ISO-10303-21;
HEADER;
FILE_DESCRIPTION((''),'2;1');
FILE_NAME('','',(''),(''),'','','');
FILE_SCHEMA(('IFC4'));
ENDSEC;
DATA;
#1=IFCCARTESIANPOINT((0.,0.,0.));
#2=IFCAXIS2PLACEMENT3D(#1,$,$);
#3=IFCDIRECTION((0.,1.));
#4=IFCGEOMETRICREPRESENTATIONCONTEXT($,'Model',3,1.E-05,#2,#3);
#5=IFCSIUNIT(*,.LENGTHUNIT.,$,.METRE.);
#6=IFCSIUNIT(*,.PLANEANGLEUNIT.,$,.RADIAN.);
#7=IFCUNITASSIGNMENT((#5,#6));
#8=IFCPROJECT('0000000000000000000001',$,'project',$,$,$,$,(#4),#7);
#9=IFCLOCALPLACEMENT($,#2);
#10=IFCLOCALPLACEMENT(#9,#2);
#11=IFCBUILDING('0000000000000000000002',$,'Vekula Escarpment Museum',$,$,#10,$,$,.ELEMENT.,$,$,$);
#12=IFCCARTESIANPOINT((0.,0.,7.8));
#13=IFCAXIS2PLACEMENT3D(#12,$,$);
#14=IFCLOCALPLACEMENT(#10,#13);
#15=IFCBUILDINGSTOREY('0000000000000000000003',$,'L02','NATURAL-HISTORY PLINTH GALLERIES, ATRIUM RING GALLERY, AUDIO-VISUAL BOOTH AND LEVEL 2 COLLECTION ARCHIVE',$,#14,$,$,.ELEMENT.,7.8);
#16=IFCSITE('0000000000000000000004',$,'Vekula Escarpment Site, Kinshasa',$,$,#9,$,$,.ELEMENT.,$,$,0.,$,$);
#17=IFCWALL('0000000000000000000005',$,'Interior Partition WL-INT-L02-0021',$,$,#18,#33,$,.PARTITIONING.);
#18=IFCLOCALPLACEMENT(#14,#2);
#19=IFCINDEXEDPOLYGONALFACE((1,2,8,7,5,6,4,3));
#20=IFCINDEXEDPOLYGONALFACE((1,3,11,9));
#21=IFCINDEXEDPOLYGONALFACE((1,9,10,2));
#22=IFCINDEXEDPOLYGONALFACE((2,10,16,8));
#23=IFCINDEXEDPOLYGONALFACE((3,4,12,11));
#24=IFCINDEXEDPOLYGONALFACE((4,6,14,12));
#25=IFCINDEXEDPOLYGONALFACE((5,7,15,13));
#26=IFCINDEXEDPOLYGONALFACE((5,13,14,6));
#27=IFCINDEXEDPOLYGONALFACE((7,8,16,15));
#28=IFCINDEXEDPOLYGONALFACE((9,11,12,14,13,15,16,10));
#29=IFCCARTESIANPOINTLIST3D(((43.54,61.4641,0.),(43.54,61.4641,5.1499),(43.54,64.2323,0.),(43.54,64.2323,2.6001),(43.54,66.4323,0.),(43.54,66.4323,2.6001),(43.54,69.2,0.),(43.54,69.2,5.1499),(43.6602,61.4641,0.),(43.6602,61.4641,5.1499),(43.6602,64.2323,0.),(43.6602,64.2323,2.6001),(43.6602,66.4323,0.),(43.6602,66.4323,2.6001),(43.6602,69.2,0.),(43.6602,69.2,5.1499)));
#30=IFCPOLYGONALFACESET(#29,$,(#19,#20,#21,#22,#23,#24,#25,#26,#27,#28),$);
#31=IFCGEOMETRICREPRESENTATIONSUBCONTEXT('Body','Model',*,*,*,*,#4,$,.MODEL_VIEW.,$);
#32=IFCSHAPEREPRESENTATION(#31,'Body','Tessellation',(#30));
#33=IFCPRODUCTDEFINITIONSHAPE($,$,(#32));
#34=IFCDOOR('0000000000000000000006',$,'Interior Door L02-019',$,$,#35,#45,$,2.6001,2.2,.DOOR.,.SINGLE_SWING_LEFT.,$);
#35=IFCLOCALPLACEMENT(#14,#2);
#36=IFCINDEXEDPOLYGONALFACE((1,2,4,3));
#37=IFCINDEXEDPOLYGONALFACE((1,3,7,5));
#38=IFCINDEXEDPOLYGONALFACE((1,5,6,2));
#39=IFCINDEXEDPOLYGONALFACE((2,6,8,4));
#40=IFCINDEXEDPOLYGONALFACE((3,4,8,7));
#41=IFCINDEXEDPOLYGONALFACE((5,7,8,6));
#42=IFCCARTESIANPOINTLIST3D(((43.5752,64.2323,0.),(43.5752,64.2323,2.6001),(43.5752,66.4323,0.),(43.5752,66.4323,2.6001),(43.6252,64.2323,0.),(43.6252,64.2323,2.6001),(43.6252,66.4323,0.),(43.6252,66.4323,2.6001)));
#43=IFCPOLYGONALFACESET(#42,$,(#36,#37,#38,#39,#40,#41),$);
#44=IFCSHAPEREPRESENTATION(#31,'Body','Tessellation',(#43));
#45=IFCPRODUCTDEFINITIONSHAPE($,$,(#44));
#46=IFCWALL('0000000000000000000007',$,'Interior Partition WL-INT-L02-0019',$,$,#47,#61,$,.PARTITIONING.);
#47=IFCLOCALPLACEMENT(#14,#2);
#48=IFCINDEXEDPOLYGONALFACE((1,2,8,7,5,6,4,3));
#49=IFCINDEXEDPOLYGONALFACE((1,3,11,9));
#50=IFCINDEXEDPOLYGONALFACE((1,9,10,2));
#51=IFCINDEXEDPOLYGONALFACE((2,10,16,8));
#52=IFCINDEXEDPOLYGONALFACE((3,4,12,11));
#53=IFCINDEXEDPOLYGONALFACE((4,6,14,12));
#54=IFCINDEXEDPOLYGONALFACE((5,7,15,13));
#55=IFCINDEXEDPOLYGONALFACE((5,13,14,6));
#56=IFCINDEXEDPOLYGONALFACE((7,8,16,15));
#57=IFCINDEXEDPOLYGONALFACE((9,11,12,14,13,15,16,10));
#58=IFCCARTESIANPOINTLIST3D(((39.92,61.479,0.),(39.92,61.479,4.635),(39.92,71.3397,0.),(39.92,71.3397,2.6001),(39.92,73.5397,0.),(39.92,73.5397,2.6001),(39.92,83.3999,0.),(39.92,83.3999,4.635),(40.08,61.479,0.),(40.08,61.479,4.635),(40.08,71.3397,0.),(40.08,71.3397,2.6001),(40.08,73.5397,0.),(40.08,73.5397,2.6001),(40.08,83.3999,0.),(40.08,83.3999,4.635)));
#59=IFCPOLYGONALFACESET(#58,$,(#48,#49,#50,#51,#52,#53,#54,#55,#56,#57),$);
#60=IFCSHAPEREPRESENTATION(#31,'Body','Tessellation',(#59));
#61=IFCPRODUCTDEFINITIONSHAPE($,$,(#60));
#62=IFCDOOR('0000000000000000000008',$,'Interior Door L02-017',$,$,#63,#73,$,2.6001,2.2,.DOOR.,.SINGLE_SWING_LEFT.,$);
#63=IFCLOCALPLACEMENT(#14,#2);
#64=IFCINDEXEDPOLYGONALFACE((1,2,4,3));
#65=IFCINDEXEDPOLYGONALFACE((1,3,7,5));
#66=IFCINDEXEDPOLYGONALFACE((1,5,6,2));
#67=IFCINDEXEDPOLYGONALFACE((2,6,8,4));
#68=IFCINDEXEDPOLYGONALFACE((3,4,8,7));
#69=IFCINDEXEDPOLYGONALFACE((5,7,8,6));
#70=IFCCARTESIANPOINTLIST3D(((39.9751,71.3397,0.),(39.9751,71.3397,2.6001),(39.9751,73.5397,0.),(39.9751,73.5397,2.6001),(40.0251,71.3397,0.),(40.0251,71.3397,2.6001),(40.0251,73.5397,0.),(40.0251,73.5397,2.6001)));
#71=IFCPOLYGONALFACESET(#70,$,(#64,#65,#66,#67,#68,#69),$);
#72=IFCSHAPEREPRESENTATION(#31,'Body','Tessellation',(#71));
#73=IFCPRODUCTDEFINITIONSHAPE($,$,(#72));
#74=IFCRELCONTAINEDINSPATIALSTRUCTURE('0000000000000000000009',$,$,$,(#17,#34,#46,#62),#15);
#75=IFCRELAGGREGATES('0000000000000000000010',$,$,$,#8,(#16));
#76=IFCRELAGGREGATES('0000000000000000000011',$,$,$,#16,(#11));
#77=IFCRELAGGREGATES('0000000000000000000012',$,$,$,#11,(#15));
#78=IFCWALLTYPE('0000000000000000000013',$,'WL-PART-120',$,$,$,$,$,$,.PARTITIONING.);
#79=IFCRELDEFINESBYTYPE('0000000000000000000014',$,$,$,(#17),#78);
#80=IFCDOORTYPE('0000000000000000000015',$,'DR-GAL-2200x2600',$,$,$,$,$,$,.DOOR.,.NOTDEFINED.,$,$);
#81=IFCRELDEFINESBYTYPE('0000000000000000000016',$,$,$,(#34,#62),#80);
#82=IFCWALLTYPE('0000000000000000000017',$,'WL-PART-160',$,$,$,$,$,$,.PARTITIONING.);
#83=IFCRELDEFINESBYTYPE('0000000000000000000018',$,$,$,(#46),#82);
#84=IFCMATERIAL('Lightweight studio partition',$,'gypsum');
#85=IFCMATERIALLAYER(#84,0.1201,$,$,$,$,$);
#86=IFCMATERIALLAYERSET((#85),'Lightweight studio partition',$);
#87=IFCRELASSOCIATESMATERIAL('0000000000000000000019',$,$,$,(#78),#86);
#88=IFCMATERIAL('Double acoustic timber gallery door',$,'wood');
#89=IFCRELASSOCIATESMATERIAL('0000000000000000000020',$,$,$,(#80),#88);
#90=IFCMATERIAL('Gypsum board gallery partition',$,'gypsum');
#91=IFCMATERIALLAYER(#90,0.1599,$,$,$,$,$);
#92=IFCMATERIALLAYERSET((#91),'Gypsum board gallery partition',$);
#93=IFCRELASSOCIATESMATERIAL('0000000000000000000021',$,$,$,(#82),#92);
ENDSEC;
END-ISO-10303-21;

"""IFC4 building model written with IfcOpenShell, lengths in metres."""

from ifc_helpers import new_model, si_unit, direction, frame, frame_2d, origin, place, context, subcontext, project, spatial, rectangle, extrude, material, layer, layer_set, type_object, element, fill, save


model = new_model("IFC4")

# Units and contexts
model_context = context("Model", 3, precision=1e-05, world=origin(), true_north=direction((0.0, 1.0)))
body_context = subcontext(model_context, "Body", "Model", "MODEL_VIEW")
ifc_project = project(units=[si_unit("LENGTHUNIT", "METRE"), si_unit("PLANEANGLEUNIT", "RADIAN")], contexts=[model_context])

# Site, building, storey
site_placement = place(None, origin())
site = spatial("IfcSite", under=ifc_project, at=site_placement, Name="Vekula Escarpment Site, Kinshasa", CompositionType="ELEMENT", RefElevation=0.0)
building_placement = place(site_placement, origin())
building = spatial("IfcBuilding", under=site, at=building_placement, Name="Vekula Escarpment Museum", CompositionType="ELEMENT")
storey_placement = place(building_placement, frame((0.0, 0.0, 7.8)))
storey = spatial("IfcBuildingStorey", under=building, at=storey_placement, Name="L02", Description="NATURAL-HISTORY PLINTH GALLERIES, ATRIUM RING GALLERY, AUDIO-VISUAL BOOTH AND LEVEL 2 COLLECTION ARCHIVE", CompositionType="ELEMENT", Elevation=7.8)

# Walls, openings, doors
ifc_material_1 = material(Name="Lightweight studio partition", Category="gypsum")
ifc_layer_1 = layer(ifc_material_1, 0.1201)
ifc_layer_set_1 = layer_set([ifc_layer_1], Name="Lightweight studio partition")
wall_type_1 = type_object("IfcWallType", Name="WL-PART-120", PredefinedType="PARTITIONING", material=ifc_layer_set_1)
ifc_material_2 = material(Name="Double acoustic timber gallery door", Category="wood")
door_type_1 = type_object("IfcDoorType", Name="DR-GAL-2200x2600", OperationType="NOTDEFINED", PredefinedType="DOOR", material=ifc_material_2)
wall_1_placement = place(storey_placement, frame((43.6001, 61.4641, 0.0), z_axis=(0.0, 0.0, 1.0), x_axis=(0.0, 1.0, 0.0)))
wall_1 = element("IfcWall", 1, at=wall_1_placement, inside=storey, type_object=wall_type_1, Name="Interior Partition WL-INT-L02-0021", PredefinedType="PARTITIONING", context=body_context, shape_type="SweptSolid", body=[
    extrude(rectangle(XDim=7.7358, YDim=0.1201, at=frame_2d((3.8679, 0.0))), origin(), (0.0, 0.0, 1.0), 5.1499),
])
opening_1_placement = place(wall_1_placement, frame((2.7681, 0.0, 0.0)))
opening_1 = element("IfcOpeningElement", 2, at=opening_1_placement, cuts=wall_1, PredefinedType="OPENING", context=body_context, shape_type="SweptSolid", body=[
    extrude(rectangle(XDim=2.2, YDim=2.6001, at=frame_2d((1.1001, 1.3))), frame((0.0, 0.0701, 0.0), z_axis=(0.0, -1.0, 0.0), x_axis=(1.0, 0.0, 0.0)), (0.0, 0.0, 1.0), 0.1401),
])
door_1_placement = place(opening_1_placement, origin())
door_1 = element("IfcDoor", 3, at=door_1_placement, inside=storey, type_object=door_type_1, Name="Interior Door L02-019", OperationType="SINGLE_SWING_LEFT", OverallHeight=2.6001, OverallWidth=2.2, PredefinedType="DOOR", context=body_context, shape_type="SweptSolid", body=[
    extrude(rectangle(XDim=2.2, YDim=2.6001, at=frame_2d((1.1001, 1.3))), frame((0.0, 0.0249, 0.0), z_axis=(0.0, -1.0, 0.0), x_axis=(1.0, 0.0, 0.0)), (0.0, 0.0, 1.0), 0.05),
])
fill(opening_1, door_1)
ifc_material_3 = material(Name="Gypsum board gallery partition", Category="gypsum")
ifc_layer_2 = layer(ifc_material_3, 0.1599)
ifc_layer_set_2 = layer_set([ifc_layer_2], Name="Gypsum board gallery partition")
wall_type_2 = type_object("IfcWallType", Name="WL-PART-160", PredefinedType="PARTITIONING", material=ifc_layer_set_2)
wall_2_placement = place(storey_placement, frame((40.0, 61.479, 0.0), z_axis=(0.0, 0.0, 1.0), x_axis=(0.0, 1.0, 0.0)))
wall_2 = element("IfcWall", 4, at=wall_2_placement, inside=storey, type_object=wall_type_2, Name="Interior Partition WL-INT-L02-0019", PredefinedType="PARTITIONING", context=body_context, shape_type="SweptSolid", body=[
    extrude(rectangle(XDim=21.9209, YDim=0.1599, at=frame_2d((10.9604, 0.0))), origin(), (0.0, 0.0, 1.0), 4.635),
])
opening_2_placement = place(wall_2_placement, frame((9.8606, 0.0, 0.0)))
opening_2 = element("IfcOpeningElement", 5, at=opening_2_placement, cuts=wall_2, PredefinedType="OPENING", context=body_context, shape_type="SweptSolid", body=[
    extrude(rectangle(XDim=2.2, YDim=2.6001, at=frame_2d((1.1001, 1.3))), frame((0.0, 0.0898, 0.0), z_axis=(0.0, -1.0, 0.0), x_axis=(1.0, 0.0, 0.0)), (0.0, 0.0, 1.0), 0.1799),
])
door_2_placement = place(opening_2_placement, origin())
door_2 = element("IfcDoor", 6, at=door_2_placement, inside=storey, type_object=door_type_1, Name="Interior Door L02-017", OperationType="SINGLE_SWING_LEFT", OverallHeight=2.6001, OverallWidth=2.2, PredefinedType="DOOR", context=body_context, shape_type="SweptSolid", body=[
    extrude(rectangle(XDim=2.2, YDim=2.6001, at=frame_2d((1.1001, 1.3))), frame((0.0, 0.0249, 0.0), z_axis=(0.0, -1.0, 0.0), x_axis=(1.0, 0.0, 0.0)), (0.0, 0.0, 1.0), 0.05),
])
fill(opening_2, door_2)

save(model, "model.ifc")
